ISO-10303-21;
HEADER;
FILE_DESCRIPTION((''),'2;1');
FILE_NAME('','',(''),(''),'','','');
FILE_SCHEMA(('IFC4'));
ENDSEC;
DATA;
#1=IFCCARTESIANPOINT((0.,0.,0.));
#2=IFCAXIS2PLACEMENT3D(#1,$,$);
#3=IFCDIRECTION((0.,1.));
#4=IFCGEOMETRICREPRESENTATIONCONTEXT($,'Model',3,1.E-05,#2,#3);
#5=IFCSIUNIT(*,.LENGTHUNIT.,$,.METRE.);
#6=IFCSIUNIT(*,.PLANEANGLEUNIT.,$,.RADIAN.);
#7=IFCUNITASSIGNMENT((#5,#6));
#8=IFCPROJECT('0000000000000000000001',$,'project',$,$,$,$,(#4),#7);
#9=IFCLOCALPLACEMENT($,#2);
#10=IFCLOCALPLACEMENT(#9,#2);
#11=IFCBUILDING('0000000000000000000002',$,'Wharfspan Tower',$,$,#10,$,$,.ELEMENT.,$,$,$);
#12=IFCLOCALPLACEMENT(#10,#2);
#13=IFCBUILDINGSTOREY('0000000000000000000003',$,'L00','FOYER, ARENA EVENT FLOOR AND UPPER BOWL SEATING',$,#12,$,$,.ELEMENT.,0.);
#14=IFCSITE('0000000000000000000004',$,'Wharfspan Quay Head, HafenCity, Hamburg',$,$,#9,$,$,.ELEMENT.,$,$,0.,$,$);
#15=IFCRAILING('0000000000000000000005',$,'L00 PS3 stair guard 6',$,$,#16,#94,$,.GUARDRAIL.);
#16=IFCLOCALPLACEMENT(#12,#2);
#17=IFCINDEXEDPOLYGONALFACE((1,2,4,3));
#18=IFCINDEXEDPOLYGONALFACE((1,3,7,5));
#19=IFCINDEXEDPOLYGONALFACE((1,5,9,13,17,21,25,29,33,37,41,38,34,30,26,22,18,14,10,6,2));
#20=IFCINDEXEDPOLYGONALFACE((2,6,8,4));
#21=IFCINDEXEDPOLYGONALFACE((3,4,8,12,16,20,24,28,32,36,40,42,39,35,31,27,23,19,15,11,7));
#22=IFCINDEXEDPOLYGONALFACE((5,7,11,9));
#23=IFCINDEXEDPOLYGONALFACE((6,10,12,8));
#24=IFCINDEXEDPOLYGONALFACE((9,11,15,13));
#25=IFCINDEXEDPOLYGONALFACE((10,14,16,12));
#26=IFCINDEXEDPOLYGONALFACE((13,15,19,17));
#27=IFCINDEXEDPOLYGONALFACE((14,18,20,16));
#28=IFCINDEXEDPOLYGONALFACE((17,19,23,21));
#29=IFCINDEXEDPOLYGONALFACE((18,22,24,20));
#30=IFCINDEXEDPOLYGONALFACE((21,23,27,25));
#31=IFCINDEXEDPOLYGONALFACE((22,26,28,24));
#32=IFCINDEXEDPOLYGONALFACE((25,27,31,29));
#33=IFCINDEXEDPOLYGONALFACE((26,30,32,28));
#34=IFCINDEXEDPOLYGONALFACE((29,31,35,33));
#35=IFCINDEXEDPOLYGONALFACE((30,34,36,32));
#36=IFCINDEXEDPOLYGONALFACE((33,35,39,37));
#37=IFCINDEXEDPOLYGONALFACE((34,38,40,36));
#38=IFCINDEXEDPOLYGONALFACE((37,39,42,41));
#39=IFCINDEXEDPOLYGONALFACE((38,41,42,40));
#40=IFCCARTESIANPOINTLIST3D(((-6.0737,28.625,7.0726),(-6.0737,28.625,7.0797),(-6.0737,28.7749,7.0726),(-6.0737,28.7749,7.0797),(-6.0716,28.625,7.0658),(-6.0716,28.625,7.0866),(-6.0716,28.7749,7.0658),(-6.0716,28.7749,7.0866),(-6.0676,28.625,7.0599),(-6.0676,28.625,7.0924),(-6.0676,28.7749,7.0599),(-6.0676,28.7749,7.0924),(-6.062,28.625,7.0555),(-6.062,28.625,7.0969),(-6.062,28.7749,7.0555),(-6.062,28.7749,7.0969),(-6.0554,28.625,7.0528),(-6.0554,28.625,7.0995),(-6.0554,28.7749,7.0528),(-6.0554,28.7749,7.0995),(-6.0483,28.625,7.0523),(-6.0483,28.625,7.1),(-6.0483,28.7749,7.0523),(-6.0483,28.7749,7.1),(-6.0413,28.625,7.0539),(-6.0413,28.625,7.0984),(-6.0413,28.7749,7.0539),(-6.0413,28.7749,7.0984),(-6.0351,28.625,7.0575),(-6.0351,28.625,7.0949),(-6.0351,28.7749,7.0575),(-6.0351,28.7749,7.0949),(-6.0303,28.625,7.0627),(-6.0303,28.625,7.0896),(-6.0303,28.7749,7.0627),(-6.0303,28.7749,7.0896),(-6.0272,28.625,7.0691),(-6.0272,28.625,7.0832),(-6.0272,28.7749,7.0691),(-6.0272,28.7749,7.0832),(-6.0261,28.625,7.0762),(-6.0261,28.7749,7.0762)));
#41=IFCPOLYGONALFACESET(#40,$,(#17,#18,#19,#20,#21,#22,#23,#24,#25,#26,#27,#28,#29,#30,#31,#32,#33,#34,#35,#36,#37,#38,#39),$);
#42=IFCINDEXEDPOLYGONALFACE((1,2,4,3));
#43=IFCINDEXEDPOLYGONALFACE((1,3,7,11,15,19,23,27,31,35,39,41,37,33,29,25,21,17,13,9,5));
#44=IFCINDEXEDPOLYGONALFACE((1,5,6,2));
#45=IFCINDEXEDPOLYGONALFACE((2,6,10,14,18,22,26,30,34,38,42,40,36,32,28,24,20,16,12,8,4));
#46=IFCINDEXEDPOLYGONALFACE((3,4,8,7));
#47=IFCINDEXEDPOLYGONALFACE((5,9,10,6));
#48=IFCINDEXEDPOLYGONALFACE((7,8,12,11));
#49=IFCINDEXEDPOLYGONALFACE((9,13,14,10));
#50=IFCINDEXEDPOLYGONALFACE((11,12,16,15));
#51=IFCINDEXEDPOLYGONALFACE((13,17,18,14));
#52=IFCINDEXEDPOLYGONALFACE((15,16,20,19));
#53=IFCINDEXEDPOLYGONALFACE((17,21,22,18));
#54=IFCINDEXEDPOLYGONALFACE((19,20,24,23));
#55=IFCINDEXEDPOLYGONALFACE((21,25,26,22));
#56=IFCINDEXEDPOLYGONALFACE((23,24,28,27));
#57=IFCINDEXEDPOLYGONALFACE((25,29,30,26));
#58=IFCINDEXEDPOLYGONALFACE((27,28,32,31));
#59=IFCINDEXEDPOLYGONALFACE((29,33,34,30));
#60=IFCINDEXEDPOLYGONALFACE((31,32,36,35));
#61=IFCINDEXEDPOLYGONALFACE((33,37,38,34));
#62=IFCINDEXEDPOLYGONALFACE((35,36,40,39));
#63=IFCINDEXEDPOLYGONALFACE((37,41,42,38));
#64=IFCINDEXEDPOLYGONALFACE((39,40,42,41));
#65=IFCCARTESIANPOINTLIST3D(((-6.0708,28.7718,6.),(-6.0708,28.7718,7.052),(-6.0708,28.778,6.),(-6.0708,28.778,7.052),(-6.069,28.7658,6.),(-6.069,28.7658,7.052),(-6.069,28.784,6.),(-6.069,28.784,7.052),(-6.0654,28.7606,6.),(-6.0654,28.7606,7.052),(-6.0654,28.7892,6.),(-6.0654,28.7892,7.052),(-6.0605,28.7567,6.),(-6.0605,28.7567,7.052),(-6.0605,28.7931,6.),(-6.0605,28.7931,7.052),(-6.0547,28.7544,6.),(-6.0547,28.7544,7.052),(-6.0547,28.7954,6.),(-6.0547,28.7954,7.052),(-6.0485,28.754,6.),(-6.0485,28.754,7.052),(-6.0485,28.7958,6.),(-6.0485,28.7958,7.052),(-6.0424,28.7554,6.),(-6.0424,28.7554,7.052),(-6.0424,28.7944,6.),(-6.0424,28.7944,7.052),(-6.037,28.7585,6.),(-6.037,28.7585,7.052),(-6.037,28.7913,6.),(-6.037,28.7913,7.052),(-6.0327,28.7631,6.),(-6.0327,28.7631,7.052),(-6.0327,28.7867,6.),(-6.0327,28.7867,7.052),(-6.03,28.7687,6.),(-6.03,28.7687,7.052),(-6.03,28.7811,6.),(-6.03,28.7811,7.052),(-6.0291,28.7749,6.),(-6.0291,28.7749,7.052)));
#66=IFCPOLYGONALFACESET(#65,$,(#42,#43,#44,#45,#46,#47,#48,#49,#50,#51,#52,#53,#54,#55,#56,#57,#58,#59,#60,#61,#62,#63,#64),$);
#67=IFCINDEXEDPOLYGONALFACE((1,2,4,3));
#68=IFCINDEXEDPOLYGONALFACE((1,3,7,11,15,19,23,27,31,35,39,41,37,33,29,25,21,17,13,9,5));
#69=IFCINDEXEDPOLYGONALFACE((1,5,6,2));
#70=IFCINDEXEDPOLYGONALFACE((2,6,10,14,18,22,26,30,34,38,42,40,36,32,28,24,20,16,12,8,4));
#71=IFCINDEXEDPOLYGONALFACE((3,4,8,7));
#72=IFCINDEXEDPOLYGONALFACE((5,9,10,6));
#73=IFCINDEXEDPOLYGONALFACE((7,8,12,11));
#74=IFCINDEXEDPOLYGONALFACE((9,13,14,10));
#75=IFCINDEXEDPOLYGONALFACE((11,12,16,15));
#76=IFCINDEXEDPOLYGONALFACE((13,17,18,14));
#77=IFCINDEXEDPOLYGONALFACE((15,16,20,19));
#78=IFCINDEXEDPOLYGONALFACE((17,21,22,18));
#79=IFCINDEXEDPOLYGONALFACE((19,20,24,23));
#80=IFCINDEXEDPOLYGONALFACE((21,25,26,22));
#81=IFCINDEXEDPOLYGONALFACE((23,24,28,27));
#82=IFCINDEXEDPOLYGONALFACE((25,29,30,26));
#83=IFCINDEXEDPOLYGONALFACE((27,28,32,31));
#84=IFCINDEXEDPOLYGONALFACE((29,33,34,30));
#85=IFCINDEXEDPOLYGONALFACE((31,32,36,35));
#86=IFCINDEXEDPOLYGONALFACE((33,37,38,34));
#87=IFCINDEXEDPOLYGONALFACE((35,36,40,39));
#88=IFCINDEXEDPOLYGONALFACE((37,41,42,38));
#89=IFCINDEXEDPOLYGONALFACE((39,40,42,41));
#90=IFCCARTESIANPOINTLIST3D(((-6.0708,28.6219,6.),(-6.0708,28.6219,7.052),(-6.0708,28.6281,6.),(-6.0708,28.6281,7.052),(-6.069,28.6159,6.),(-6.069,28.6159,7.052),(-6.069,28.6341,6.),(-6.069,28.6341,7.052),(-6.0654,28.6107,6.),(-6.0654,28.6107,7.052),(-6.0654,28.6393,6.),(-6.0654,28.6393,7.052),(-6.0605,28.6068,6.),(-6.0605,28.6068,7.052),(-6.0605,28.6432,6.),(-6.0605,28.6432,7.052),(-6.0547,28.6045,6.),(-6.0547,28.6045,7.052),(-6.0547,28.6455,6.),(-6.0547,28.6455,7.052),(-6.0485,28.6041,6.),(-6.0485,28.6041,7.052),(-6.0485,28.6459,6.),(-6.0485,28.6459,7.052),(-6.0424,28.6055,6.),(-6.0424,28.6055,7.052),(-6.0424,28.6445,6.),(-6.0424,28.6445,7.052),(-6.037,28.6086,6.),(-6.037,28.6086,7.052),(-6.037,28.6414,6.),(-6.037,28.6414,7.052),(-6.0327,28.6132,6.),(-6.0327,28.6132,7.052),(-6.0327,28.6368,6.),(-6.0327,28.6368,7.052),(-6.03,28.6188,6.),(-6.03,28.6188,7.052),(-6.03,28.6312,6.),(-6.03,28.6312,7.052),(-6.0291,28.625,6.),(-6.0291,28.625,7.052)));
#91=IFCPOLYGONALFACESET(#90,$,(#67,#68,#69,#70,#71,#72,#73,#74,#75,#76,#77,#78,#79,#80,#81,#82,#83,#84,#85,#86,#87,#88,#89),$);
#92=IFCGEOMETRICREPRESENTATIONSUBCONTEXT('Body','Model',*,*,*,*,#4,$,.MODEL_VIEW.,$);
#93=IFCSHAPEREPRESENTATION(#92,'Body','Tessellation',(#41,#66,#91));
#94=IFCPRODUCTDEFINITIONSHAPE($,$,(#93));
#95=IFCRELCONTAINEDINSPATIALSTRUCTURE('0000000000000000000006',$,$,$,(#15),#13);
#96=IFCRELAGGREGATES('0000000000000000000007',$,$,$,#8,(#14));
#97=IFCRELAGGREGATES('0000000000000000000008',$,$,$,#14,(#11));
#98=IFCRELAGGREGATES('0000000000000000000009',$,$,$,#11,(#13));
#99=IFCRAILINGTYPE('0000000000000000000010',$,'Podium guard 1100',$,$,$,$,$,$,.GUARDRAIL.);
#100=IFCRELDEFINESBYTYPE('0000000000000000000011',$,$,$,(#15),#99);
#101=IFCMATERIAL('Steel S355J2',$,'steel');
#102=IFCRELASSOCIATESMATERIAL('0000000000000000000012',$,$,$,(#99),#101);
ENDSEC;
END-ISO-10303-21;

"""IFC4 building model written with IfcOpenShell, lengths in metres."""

from ifc_helpers import new_model, si_unit, direction, frame, origin, origin_2d, place, context, subcontext, project, spatial, circle, extrude, material, type_object, element, save


model = new_model("IFC4")

# Units and contexts
model_context = context("Model", 3, precision=1e-05, world=origin(), true_north=direction((0.0, 1.0)))
body_context = subcontext(model_context, "Body", "Model", "MODEL_VIEW")
ifc_project = project(units=[si_unit("LENGTHUNIT", "METRE"), si_unit("PLANEANGLEUNIT", "RADIAN")], contexts=[model_context])

# Site, building, storey
site_placement = place(None, origin())
site = spatial("IfcSite", under=ifc_project, at=site_placement, Name="Wharfspan Quay Head, HafenCity, Hamburg", CompositionType="ELEMENT", RefElevation=0.0)
building_placement = place(site_placement, origin())
building = spatial("IfcBuilding", under=site, at=building_placement, Name="Wharfspan Tower", CompositionType="ELEMENT")
storey_placement = place(building_placement, origin())
storey = spatial("IfcBuildingStorey", under=building, at=storey_placement, Name="L00", Description="FOYER, ARENA EVENT FLOOR AND UPPER BOWL SEATING", CompositionType="ELEMENT", Elevation=0.0)

# Railing
ifc_material_1 = material(Name="Steel S355J2", Category="steel")
railing_type_1 = type_object("IfcRailingType", Name="Podium guard 1100", PredefinedType="GUARDRAIL", material=ifc_material_1)
railing_1_placement = place(storey_placement, frame((-6.05, 28.7749, 6.0)))
element("IfcRailing", 1, at=railing_1_placement, inside=storey, type_object=railing_type_1, Name="L00 PS3 stair guard 6", PredefinedType="GUARDRAIL", context=body_context, shape_type="SweptSolid", body=[
    extrude(circle(Radius=0.0239, at=origin_2d()), frame((0.0, 0.0, 1.0762), z_axis=(0.0, -1.0, 0.0), x_axis=(1.0, 0.0, 0.0)), (0.0, 0.0, 1.0), 0.1499),
    extrude(circle(Radius=0.021, at=origin_2d()), origin(), (0.0, 0.0, 1.0), 1.052),
    extrude(circle(Radius=0.021, at=origin_2d()), frame((0.0, -0.1499, 0.0)), (0.0, 0.0, 1.0), 1.052),
])

save(model, "model.ifc")
